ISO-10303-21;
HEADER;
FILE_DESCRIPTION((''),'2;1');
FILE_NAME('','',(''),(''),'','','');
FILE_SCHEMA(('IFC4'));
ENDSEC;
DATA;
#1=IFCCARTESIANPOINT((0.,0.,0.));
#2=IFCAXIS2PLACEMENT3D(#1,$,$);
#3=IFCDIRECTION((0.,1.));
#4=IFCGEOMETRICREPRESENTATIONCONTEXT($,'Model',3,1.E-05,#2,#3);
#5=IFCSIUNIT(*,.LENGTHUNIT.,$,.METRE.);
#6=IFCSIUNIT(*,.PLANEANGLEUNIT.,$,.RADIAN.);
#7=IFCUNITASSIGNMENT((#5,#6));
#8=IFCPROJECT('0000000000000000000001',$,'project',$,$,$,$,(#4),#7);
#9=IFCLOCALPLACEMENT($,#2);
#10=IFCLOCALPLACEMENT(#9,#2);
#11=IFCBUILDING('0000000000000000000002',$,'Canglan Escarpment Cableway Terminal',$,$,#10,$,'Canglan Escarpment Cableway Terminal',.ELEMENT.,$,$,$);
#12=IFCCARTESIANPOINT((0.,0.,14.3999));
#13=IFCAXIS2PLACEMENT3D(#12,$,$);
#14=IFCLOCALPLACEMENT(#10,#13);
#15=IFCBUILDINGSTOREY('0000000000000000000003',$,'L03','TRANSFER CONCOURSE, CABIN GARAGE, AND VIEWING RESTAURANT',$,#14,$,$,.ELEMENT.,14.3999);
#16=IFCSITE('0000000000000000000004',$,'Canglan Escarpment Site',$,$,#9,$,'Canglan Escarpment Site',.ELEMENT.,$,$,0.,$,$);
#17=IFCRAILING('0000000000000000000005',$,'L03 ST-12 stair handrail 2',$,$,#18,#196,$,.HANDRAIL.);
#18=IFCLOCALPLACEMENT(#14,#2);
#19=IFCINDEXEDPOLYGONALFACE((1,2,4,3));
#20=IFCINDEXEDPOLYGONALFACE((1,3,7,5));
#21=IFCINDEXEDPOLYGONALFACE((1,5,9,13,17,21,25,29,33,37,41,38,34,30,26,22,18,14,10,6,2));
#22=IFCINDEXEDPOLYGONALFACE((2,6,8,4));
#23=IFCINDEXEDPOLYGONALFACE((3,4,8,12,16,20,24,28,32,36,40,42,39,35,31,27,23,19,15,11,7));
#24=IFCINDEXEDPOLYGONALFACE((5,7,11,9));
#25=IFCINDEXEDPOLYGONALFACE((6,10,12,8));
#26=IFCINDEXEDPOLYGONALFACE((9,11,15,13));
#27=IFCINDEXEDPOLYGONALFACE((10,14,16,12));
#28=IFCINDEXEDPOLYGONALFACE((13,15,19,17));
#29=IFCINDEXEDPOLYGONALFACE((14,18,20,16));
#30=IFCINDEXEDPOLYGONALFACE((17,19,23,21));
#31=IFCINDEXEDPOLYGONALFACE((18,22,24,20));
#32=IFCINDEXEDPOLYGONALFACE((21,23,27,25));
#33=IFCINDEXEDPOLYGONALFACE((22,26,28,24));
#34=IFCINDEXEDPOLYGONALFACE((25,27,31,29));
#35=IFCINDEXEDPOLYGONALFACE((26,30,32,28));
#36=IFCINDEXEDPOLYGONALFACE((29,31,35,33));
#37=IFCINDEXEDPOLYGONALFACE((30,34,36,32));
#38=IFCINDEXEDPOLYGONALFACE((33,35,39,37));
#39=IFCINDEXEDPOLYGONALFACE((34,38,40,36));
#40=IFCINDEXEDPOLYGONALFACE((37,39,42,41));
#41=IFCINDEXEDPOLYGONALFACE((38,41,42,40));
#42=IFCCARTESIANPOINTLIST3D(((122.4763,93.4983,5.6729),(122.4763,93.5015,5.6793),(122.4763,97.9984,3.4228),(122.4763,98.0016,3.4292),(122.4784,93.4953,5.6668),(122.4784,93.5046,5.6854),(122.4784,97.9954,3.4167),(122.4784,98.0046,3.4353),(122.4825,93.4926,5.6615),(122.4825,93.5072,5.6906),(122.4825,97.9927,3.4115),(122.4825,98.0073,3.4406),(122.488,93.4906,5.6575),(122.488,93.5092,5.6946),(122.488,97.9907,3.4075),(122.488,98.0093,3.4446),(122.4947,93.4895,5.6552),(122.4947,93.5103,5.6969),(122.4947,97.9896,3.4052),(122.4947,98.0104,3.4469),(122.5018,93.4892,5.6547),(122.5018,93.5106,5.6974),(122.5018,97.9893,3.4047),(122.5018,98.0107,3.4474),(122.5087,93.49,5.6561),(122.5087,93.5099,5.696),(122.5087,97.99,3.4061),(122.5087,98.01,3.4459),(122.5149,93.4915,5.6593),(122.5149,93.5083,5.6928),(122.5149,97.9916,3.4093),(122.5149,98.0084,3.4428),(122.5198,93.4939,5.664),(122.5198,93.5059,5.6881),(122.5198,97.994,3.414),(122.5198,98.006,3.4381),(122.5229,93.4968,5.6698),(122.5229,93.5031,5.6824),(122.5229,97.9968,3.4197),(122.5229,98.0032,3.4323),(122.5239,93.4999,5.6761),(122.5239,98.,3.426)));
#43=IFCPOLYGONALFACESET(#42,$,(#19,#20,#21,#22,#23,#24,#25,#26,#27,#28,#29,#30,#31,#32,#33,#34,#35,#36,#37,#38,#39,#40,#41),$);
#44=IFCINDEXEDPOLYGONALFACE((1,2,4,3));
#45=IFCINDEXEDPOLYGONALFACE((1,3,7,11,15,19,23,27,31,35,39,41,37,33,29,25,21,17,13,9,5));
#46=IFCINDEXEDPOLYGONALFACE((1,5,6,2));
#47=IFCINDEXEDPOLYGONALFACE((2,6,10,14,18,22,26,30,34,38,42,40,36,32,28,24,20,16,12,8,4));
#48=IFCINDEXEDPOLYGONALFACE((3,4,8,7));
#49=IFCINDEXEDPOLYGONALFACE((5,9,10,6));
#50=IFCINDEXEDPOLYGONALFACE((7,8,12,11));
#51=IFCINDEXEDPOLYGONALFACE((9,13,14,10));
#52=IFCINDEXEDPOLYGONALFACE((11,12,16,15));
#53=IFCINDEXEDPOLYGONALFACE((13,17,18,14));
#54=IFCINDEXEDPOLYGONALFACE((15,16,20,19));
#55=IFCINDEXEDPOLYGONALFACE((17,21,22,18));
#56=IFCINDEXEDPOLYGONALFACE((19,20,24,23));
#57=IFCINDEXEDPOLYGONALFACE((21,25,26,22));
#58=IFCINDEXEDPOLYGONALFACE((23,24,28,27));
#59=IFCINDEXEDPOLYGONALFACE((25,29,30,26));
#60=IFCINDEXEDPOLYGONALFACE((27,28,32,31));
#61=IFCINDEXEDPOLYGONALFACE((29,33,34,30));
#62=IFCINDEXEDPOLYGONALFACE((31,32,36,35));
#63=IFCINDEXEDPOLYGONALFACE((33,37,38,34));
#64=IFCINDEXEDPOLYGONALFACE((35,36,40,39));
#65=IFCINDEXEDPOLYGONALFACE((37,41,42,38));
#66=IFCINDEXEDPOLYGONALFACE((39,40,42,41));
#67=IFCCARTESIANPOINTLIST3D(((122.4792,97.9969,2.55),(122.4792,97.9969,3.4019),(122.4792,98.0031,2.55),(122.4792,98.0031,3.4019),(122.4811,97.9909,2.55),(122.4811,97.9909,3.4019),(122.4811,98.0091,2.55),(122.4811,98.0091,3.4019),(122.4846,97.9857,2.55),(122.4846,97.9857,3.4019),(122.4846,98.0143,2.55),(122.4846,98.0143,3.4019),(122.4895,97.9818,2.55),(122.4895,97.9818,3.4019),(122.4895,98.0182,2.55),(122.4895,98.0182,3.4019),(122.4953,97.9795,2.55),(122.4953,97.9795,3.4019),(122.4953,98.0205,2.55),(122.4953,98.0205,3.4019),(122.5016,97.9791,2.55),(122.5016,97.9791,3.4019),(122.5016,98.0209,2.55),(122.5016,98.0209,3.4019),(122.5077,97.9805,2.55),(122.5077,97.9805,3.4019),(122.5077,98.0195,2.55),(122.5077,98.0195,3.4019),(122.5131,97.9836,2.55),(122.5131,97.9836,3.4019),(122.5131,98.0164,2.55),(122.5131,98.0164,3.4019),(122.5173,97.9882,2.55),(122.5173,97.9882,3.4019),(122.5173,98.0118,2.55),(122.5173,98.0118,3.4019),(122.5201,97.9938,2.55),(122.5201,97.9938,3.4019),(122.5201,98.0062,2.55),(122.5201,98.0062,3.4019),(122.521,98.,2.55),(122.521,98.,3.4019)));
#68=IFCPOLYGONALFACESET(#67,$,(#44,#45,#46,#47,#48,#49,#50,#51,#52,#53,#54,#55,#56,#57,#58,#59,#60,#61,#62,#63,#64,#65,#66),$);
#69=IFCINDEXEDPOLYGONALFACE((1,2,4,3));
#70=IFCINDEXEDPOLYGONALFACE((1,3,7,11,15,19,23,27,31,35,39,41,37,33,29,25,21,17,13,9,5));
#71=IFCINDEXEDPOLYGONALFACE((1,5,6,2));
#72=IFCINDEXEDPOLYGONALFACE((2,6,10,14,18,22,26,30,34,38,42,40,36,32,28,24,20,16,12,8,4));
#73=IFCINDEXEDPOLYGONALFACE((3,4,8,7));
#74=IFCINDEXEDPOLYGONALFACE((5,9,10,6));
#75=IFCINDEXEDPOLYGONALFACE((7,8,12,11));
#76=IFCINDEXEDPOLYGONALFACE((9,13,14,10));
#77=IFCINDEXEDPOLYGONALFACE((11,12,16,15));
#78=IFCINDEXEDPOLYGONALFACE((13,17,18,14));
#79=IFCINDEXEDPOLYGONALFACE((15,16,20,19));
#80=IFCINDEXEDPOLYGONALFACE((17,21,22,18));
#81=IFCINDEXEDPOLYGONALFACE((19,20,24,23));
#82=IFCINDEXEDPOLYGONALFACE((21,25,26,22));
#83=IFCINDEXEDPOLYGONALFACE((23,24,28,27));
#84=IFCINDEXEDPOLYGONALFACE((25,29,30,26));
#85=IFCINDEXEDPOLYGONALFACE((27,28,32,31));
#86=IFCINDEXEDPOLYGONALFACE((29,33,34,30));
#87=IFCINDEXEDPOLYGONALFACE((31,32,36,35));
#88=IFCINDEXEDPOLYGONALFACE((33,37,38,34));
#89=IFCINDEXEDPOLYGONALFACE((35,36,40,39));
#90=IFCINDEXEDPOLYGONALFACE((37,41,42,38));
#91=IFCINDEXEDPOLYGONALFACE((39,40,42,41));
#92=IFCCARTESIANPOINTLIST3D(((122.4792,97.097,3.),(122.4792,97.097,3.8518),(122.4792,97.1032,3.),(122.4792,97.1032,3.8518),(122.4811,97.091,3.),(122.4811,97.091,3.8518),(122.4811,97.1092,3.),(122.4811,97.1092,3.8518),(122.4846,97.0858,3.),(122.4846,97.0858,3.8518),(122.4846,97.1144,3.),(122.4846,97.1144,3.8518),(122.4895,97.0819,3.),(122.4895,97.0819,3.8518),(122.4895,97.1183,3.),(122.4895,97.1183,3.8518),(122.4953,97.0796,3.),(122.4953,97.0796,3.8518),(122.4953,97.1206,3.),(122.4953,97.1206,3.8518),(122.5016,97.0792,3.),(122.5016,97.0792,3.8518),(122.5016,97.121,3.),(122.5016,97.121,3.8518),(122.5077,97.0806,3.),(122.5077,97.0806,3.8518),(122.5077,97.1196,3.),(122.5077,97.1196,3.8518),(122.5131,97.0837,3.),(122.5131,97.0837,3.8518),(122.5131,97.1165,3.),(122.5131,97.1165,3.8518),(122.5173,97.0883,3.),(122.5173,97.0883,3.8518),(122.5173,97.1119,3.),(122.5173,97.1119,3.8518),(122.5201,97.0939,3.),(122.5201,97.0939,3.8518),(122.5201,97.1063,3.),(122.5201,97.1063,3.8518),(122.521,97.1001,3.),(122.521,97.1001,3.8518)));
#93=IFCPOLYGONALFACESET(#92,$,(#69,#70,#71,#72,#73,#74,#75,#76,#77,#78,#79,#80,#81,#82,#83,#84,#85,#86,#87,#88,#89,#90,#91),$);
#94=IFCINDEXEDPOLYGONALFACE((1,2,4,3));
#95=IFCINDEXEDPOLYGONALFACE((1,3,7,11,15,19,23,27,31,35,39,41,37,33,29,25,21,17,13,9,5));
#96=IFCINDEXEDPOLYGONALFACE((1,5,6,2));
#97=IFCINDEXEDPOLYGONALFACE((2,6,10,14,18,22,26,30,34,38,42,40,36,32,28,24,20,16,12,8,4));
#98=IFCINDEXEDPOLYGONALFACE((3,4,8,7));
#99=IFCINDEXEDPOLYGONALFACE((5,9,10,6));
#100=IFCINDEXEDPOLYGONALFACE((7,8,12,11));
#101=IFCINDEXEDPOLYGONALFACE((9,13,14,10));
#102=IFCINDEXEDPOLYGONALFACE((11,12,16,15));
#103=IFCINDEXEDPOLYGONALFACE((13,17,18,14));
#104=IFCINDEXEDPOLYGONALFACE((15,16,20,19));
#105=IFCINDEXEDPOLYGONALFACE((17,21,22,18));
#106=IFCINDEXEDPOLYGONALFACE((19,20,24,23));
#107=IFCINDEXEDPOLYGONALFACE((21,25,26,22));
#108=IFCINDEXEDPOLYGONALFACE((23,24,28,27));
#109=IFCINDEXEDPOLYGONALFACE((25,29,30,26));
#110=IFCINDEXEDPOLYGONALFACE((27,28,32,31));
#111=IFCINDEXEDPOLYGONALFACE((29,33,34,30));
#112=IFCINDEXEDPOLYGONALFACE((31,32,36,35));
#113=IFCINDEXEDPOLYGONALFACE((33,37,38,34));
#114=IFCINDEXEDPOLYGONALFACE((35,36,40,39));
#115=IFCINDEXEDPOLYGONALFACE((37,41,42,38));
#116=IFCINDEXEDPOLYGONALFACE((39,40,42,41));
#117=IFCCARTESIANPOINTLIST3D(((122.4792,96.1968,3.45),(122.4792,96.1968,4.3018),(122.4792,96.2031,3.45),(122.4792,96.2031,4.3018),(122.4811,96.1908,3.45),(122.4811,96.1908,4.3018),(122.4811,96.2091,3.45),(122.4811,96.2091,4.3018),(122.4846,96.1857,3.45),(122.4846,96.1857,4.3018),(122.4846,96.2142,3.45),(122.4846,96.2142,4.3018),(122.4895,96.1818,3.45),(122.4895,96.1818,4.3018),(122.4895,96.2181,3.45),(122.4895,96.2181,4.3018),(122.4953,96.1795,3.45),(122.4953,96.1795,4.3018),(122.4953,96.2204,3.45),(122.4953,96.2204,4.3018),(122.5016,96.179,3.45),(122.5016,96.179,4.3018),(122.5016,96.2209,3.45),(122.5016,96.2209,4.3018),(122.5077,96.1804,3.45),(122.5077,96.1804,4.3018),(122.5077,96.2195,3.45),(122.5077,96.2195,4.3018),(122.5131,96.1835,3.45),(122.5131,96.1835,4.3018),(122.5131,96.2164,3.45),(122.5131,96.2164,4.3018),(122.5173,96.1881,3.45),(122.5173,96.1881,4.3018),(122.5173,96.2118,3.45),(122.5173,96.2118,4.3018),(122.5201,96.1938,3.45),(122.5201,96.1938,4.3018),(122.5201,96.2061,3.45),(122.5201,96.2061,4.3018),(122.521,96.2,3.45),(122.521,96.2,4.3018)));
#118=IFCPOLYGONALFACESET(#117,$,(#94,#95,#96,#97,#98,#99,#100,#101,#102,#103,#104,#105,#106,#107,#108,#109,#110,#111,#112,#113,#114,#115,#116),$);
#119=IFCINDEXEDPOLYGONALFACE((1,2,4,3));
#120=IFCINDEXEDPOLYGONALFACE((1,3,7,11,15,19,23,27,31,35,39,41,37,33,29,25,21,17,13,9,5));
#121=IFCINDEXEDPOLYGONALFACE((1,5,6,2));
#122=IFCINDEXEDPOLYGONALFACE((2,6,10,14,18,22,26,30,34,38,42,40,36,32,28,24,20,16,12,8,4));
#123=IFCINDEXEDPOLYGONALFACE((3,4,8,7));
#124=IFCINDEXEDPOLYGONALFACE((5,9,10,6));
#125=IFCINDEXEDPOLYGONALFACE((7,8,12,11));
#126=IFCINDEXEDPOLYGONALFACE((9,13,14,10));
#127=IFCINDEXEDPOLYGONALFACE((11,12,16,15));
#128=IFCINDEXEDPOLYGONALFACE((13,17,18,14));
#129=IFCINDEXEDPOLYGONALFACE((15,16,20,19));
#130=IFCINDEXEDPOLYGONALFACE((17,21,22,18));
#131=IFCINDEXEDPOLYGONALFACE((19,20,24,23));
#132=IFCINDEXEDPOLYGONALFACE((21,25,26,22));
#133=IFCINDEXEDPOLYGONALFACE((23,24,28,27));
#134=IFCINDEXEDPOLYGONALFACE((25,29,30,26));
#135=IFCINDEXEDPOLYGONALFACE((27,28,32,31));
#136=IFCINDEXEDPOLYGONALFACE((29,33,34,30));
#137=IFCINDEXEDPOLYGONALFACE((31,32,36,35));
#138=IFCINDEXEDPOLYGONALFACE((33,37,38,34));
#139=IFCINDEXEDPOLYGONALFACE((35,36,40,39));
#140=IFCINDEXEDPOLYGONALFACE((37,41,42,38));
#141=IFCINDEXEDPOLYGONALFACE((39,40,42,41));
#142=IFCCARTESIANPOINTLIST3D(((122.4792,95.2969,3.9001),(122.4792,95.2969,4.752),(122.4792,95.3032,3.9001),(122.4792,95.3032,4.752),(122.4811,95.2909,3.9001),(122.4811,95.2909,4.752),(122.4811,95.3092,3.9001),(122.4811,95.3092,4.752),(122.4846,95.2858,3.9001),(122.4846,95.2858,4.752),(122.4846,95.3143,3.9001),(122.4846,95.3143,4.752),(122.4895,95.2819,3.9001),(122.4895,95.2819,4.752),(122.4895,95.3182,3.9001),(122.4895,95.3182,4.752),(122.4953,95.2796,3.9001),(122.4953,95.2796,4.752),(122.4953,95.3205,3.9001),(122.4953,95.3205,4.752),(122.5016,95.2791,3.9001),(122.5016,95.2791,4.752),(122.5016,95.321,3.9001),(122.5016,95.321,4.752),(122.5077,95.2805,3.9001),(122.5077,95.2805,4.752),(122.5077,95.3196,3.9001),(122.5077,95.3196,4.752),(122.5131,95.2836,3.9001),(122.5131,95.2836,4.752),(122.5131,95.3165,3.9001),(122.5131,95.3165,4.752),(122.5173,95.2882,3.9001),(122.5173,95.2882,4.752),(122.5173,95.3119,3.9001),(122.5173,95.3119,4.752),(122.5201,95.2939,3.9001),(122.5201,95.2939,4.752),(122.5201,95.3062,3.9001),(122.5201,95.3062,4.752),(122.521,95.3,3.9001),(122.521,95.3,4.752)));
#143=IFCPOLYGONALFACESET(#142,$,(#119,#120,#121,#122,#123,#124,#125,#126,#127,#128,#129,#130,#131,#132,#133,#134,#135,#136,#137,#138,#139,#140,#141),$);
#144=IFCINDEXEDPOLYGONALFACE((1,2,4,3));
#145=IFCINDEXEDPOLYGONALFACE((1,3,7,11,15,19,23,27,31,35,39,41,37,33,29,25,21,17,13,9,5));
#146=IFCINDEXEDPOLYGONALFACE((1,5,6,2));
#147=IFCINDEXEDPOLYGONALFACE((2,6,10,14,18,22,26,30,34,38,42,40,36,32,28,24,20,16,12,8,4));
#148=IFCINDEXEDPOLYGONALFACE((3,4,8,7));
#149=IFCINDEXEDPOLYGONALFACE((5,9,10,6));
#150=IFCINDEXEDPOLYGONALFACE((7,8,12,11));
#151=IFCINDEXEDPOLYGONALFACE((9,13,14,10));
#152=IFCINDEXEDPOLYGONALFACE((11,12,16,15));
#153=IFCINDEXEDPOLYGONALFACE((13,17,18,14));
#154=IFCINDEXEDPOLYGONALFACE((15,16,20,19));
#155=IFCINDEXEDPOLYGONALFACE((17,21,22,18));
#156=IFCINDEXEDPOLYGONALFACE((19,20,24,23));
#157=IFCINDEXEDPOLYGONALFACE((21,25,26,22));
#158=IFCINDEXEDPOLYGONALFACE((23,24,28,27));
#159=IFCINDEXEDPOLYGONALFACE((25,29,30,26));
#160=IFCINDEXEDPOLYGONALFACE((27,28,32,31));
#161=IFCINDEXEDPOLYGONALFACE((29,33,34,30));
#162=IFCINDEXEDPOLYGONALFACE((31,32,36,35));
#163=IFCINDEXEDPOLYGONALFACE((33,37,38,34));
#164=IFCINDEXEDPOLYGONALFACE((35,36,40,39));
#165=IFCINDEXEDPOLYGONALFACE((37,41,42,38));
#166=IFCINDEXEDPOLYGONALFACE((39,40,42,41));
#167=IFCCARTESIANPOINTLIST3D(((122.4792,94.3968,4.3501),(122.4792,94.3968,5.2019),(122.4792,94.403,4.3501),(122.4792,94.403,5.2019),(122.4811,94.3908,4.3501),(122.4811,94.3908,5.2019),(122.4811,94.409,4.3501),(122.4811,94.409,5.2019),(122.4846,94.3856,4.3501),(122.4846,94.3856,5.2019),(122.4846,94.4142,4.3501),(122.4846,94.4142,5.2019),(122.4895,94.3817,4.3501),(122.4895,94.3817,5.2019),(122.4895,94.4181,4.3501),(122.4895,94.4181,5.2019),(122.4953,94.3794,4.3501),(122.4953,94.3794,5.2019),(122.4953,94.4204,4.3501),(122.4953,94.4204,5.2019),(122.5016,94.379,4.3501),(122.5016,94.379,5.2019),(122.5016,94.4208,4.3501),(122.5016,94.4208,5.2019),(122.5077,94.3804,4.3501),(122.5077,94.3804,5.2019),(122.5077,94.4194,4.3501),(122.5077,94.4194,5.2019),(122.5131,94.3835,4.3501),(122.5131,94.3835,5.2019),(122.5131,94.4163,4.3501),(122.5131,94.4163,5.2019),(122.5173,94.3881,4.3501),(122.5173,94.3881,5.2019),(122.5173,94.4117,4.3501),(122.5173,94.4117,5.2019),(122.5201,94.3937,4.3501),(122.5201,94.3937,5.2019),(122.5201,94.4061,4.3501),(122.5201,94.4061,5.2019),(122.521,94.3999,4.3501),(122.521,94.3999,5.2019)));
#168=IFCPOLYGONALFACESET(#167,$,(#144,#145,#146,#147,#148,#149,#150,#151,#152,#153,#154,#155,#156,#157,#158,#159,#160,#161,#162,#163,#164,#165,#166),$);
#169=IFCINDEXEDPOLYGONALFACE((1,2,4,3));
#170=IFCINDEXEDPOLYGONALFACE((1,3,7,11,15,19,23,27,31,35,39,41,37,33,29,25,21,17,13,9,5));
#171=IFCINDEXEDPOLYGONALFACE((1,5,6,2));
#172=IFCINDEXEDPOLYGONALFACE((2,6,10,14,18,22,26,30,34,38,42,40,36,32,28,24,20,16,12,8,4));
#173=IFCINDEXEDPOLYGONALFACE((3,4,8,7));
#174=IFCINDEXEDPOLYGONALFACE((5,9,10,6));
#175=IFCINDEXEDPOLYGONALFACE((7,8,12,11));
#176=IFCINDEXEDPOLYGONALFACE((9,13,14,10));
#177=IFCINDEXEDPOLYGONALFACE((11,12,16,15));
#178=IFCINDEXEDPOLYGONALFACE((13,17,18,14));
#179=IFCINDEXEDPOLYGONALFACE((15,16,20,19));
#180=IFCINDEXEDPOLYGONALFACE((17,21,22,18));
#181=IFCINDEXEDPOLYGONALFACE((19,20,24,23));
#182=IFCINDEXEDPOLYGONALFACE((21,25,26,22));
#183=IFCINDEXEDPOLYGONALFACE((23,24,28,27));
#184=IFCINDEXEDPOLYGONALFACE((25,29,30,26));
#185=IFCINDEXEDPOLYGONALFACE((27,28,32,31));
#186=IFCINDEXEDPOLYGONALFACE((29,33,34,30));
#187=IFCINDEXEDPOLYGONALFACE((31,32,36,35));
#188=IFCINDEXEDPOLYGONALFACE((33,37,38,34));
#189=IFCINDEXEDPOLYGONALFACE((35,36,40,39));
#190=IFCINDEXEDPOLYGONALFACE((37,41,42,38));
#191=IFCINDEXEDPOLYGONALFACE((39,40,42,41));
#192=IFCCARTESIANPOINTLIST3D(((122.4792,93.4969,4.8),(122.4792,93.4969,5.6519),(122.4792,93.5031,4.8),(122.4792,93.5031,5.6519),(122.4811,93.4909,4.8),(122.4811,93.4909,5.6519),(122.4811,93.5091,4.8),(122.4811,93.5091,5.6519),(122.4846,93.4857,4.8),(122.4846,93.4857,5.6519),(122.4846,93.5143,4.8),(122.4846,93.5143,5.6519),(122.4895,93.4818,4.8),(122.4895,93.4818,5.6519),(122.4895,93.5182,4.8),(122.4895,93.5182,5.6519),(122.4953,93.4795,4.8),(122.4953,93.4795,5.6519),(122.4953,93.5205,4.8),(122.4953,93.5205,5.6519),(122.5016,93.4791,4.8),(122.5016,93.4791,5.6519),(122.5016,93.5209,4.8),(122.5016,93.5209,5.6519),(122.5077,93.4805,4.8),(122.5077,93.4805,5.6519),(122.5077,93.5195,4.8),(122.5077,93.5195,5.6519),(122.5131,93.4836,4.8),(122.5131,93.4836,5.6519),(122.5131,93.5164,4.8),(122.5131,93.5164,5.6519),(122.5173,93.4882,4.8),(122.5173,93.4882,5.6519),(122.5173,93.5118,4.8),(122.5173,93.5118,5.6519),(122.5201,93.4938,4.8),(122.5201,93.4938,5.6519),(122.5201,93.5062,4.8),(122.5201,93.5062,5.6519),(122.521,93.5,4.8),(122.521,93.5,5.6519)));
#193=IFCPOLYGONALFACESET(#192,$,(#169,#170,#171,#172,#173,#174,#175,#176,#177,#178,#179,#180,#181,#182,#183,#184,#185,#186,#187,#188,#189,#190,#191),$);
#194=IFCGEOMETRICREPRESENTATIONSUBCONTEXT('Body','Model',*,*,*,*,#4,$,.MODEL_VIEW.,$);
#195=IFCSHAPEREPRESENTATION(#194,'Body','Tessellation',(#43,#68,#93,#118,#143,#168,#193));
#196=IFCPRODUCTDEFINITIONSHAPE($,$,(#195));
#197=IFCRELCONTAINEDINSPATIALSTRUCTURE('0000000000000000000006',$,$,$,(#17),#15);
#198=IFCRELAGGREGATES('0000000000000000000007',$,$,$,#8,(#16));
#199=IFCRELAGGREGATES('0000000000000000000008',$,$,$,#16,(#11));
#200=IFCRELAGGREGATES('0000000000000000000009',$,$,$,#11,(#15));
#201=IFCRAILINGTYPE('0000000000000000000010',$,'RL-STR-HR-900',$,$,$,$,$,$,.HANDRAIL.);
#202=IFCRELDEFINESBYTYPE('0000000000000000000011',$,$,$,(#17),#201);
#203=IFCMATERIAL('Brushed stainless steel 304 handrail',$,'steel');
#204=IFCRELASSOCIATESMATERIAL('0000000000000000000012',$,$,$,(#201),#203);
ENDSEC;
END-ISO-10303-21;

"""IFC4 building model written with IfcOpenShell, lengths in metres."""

from ifc_helpers import new_model, si_unit, direction, frame, origin, origin_2d, place, context, subcontext, project, spatial, circle, extrude, material, type_object, element, save


model = new_model("IFC4")

# Units and contexts
model_context = context("Model", 3, precision=1e-05, world=origin(), true_north=direction((0.0, 1.0)))
body_context = subcontext(model_context, "Body", "Model", "MODEL_VIEW")
ifc_project = project(units=[si_unit("LENGTHUNIT", "METRE"), si_unit("PLANEANGLEUNIT", "RADIAN")], contexts=[model_context])

# Site, building, storey
site_placement = place(None, origin())
site = spatial("IfcSite", under=ifc_project, at=site_placement, Name="Canglan Escarpment Site", LongName="Canglan Escarpment Site", CompositionType="ELEMENT", RefElevation=0.0)
building_placement = place(site_placement, origin())
building = spatial("IfcBuilding", under=site, at=building_placement, Name="Canglan Escarpment Cableway Terminal", LongName="Canglan Escarpment Cableway Terminal", CompositionType="ELEMENT")
storey_placement = place(building_placement, frame((0.0, 0.0, 14.3999)))
storey = spatial("IfcBuildingStorey", under=building, at=storey_placement, Name="L03", Description="TRANSFER CONCOURSE, CABIN GARAGE, AND VIEWING RESTAURANT", CompositionType="ELEMENT", Elevation=14.3999)

# Railing
ifc_material_1 = material(Name="Brushed stainless steel 304 handrail", Category="steel")
railing_type_1 = type_object("IfcRailingType", Name="RL-STR-HR-900", PredefinedType="HANDRAIL", material=ifc_material_1)
railing_1_placement = place(storey_placement, frame((122.5, 98.0, 2.55)))
element("IfcRailing", 1, at=railing_1_placement, inside=storey, type_object=railing_type_1, Name="L03 ST-12 stair handrail 2", PredefinedType="HANDRAIL", context=body_context, shape_type="SweptSolid", body=[
    extrude(circle(Radius=0.0239, at=origin_2d()), frame((0.0, 0.0, 0.876), z_axis=(0.0, -0.894427, 0.447214), x_axis=(1.0, 0.0, 0.0)), (0.0, 0.0, 1.0), 5.0312),
    extrude(circle(Radius=0.021, at=origin_2d()), origin(), (0.0, 0.0, 1.0), 0.8518),
    extrude(circle(Radius=0.021, at=origin_2d()), frame((0.0, -0.8999, 0.45)), (0.0, 0.0, 1.0), 0.8518),
    extrude(circle(Radius=0.021, at=origin_2d()), frame((0.0, -1.8, 0.8999)), (0.0, 0.0, 1.0), 0.8518),
    extrude(circle(Radius=0.021, at=origin_2d()), frame((0.0, -2.7, 1.3501)), (0.0, 0.0, 1.0), 0.8518),
    extrude(circle(Radius=0.021, at=origin_2d()), frame((0.0, -3.6001, 1.8)), (0.0, 0.0, 1.0), 0.8518),
    extrude(circle(Radius=0.021, at=origin_2d()), frame((0.0, -4.5, 2.25)), (0.0, 0.0, 1.0), 0.8518),
])

save(model, "model.ifc")
